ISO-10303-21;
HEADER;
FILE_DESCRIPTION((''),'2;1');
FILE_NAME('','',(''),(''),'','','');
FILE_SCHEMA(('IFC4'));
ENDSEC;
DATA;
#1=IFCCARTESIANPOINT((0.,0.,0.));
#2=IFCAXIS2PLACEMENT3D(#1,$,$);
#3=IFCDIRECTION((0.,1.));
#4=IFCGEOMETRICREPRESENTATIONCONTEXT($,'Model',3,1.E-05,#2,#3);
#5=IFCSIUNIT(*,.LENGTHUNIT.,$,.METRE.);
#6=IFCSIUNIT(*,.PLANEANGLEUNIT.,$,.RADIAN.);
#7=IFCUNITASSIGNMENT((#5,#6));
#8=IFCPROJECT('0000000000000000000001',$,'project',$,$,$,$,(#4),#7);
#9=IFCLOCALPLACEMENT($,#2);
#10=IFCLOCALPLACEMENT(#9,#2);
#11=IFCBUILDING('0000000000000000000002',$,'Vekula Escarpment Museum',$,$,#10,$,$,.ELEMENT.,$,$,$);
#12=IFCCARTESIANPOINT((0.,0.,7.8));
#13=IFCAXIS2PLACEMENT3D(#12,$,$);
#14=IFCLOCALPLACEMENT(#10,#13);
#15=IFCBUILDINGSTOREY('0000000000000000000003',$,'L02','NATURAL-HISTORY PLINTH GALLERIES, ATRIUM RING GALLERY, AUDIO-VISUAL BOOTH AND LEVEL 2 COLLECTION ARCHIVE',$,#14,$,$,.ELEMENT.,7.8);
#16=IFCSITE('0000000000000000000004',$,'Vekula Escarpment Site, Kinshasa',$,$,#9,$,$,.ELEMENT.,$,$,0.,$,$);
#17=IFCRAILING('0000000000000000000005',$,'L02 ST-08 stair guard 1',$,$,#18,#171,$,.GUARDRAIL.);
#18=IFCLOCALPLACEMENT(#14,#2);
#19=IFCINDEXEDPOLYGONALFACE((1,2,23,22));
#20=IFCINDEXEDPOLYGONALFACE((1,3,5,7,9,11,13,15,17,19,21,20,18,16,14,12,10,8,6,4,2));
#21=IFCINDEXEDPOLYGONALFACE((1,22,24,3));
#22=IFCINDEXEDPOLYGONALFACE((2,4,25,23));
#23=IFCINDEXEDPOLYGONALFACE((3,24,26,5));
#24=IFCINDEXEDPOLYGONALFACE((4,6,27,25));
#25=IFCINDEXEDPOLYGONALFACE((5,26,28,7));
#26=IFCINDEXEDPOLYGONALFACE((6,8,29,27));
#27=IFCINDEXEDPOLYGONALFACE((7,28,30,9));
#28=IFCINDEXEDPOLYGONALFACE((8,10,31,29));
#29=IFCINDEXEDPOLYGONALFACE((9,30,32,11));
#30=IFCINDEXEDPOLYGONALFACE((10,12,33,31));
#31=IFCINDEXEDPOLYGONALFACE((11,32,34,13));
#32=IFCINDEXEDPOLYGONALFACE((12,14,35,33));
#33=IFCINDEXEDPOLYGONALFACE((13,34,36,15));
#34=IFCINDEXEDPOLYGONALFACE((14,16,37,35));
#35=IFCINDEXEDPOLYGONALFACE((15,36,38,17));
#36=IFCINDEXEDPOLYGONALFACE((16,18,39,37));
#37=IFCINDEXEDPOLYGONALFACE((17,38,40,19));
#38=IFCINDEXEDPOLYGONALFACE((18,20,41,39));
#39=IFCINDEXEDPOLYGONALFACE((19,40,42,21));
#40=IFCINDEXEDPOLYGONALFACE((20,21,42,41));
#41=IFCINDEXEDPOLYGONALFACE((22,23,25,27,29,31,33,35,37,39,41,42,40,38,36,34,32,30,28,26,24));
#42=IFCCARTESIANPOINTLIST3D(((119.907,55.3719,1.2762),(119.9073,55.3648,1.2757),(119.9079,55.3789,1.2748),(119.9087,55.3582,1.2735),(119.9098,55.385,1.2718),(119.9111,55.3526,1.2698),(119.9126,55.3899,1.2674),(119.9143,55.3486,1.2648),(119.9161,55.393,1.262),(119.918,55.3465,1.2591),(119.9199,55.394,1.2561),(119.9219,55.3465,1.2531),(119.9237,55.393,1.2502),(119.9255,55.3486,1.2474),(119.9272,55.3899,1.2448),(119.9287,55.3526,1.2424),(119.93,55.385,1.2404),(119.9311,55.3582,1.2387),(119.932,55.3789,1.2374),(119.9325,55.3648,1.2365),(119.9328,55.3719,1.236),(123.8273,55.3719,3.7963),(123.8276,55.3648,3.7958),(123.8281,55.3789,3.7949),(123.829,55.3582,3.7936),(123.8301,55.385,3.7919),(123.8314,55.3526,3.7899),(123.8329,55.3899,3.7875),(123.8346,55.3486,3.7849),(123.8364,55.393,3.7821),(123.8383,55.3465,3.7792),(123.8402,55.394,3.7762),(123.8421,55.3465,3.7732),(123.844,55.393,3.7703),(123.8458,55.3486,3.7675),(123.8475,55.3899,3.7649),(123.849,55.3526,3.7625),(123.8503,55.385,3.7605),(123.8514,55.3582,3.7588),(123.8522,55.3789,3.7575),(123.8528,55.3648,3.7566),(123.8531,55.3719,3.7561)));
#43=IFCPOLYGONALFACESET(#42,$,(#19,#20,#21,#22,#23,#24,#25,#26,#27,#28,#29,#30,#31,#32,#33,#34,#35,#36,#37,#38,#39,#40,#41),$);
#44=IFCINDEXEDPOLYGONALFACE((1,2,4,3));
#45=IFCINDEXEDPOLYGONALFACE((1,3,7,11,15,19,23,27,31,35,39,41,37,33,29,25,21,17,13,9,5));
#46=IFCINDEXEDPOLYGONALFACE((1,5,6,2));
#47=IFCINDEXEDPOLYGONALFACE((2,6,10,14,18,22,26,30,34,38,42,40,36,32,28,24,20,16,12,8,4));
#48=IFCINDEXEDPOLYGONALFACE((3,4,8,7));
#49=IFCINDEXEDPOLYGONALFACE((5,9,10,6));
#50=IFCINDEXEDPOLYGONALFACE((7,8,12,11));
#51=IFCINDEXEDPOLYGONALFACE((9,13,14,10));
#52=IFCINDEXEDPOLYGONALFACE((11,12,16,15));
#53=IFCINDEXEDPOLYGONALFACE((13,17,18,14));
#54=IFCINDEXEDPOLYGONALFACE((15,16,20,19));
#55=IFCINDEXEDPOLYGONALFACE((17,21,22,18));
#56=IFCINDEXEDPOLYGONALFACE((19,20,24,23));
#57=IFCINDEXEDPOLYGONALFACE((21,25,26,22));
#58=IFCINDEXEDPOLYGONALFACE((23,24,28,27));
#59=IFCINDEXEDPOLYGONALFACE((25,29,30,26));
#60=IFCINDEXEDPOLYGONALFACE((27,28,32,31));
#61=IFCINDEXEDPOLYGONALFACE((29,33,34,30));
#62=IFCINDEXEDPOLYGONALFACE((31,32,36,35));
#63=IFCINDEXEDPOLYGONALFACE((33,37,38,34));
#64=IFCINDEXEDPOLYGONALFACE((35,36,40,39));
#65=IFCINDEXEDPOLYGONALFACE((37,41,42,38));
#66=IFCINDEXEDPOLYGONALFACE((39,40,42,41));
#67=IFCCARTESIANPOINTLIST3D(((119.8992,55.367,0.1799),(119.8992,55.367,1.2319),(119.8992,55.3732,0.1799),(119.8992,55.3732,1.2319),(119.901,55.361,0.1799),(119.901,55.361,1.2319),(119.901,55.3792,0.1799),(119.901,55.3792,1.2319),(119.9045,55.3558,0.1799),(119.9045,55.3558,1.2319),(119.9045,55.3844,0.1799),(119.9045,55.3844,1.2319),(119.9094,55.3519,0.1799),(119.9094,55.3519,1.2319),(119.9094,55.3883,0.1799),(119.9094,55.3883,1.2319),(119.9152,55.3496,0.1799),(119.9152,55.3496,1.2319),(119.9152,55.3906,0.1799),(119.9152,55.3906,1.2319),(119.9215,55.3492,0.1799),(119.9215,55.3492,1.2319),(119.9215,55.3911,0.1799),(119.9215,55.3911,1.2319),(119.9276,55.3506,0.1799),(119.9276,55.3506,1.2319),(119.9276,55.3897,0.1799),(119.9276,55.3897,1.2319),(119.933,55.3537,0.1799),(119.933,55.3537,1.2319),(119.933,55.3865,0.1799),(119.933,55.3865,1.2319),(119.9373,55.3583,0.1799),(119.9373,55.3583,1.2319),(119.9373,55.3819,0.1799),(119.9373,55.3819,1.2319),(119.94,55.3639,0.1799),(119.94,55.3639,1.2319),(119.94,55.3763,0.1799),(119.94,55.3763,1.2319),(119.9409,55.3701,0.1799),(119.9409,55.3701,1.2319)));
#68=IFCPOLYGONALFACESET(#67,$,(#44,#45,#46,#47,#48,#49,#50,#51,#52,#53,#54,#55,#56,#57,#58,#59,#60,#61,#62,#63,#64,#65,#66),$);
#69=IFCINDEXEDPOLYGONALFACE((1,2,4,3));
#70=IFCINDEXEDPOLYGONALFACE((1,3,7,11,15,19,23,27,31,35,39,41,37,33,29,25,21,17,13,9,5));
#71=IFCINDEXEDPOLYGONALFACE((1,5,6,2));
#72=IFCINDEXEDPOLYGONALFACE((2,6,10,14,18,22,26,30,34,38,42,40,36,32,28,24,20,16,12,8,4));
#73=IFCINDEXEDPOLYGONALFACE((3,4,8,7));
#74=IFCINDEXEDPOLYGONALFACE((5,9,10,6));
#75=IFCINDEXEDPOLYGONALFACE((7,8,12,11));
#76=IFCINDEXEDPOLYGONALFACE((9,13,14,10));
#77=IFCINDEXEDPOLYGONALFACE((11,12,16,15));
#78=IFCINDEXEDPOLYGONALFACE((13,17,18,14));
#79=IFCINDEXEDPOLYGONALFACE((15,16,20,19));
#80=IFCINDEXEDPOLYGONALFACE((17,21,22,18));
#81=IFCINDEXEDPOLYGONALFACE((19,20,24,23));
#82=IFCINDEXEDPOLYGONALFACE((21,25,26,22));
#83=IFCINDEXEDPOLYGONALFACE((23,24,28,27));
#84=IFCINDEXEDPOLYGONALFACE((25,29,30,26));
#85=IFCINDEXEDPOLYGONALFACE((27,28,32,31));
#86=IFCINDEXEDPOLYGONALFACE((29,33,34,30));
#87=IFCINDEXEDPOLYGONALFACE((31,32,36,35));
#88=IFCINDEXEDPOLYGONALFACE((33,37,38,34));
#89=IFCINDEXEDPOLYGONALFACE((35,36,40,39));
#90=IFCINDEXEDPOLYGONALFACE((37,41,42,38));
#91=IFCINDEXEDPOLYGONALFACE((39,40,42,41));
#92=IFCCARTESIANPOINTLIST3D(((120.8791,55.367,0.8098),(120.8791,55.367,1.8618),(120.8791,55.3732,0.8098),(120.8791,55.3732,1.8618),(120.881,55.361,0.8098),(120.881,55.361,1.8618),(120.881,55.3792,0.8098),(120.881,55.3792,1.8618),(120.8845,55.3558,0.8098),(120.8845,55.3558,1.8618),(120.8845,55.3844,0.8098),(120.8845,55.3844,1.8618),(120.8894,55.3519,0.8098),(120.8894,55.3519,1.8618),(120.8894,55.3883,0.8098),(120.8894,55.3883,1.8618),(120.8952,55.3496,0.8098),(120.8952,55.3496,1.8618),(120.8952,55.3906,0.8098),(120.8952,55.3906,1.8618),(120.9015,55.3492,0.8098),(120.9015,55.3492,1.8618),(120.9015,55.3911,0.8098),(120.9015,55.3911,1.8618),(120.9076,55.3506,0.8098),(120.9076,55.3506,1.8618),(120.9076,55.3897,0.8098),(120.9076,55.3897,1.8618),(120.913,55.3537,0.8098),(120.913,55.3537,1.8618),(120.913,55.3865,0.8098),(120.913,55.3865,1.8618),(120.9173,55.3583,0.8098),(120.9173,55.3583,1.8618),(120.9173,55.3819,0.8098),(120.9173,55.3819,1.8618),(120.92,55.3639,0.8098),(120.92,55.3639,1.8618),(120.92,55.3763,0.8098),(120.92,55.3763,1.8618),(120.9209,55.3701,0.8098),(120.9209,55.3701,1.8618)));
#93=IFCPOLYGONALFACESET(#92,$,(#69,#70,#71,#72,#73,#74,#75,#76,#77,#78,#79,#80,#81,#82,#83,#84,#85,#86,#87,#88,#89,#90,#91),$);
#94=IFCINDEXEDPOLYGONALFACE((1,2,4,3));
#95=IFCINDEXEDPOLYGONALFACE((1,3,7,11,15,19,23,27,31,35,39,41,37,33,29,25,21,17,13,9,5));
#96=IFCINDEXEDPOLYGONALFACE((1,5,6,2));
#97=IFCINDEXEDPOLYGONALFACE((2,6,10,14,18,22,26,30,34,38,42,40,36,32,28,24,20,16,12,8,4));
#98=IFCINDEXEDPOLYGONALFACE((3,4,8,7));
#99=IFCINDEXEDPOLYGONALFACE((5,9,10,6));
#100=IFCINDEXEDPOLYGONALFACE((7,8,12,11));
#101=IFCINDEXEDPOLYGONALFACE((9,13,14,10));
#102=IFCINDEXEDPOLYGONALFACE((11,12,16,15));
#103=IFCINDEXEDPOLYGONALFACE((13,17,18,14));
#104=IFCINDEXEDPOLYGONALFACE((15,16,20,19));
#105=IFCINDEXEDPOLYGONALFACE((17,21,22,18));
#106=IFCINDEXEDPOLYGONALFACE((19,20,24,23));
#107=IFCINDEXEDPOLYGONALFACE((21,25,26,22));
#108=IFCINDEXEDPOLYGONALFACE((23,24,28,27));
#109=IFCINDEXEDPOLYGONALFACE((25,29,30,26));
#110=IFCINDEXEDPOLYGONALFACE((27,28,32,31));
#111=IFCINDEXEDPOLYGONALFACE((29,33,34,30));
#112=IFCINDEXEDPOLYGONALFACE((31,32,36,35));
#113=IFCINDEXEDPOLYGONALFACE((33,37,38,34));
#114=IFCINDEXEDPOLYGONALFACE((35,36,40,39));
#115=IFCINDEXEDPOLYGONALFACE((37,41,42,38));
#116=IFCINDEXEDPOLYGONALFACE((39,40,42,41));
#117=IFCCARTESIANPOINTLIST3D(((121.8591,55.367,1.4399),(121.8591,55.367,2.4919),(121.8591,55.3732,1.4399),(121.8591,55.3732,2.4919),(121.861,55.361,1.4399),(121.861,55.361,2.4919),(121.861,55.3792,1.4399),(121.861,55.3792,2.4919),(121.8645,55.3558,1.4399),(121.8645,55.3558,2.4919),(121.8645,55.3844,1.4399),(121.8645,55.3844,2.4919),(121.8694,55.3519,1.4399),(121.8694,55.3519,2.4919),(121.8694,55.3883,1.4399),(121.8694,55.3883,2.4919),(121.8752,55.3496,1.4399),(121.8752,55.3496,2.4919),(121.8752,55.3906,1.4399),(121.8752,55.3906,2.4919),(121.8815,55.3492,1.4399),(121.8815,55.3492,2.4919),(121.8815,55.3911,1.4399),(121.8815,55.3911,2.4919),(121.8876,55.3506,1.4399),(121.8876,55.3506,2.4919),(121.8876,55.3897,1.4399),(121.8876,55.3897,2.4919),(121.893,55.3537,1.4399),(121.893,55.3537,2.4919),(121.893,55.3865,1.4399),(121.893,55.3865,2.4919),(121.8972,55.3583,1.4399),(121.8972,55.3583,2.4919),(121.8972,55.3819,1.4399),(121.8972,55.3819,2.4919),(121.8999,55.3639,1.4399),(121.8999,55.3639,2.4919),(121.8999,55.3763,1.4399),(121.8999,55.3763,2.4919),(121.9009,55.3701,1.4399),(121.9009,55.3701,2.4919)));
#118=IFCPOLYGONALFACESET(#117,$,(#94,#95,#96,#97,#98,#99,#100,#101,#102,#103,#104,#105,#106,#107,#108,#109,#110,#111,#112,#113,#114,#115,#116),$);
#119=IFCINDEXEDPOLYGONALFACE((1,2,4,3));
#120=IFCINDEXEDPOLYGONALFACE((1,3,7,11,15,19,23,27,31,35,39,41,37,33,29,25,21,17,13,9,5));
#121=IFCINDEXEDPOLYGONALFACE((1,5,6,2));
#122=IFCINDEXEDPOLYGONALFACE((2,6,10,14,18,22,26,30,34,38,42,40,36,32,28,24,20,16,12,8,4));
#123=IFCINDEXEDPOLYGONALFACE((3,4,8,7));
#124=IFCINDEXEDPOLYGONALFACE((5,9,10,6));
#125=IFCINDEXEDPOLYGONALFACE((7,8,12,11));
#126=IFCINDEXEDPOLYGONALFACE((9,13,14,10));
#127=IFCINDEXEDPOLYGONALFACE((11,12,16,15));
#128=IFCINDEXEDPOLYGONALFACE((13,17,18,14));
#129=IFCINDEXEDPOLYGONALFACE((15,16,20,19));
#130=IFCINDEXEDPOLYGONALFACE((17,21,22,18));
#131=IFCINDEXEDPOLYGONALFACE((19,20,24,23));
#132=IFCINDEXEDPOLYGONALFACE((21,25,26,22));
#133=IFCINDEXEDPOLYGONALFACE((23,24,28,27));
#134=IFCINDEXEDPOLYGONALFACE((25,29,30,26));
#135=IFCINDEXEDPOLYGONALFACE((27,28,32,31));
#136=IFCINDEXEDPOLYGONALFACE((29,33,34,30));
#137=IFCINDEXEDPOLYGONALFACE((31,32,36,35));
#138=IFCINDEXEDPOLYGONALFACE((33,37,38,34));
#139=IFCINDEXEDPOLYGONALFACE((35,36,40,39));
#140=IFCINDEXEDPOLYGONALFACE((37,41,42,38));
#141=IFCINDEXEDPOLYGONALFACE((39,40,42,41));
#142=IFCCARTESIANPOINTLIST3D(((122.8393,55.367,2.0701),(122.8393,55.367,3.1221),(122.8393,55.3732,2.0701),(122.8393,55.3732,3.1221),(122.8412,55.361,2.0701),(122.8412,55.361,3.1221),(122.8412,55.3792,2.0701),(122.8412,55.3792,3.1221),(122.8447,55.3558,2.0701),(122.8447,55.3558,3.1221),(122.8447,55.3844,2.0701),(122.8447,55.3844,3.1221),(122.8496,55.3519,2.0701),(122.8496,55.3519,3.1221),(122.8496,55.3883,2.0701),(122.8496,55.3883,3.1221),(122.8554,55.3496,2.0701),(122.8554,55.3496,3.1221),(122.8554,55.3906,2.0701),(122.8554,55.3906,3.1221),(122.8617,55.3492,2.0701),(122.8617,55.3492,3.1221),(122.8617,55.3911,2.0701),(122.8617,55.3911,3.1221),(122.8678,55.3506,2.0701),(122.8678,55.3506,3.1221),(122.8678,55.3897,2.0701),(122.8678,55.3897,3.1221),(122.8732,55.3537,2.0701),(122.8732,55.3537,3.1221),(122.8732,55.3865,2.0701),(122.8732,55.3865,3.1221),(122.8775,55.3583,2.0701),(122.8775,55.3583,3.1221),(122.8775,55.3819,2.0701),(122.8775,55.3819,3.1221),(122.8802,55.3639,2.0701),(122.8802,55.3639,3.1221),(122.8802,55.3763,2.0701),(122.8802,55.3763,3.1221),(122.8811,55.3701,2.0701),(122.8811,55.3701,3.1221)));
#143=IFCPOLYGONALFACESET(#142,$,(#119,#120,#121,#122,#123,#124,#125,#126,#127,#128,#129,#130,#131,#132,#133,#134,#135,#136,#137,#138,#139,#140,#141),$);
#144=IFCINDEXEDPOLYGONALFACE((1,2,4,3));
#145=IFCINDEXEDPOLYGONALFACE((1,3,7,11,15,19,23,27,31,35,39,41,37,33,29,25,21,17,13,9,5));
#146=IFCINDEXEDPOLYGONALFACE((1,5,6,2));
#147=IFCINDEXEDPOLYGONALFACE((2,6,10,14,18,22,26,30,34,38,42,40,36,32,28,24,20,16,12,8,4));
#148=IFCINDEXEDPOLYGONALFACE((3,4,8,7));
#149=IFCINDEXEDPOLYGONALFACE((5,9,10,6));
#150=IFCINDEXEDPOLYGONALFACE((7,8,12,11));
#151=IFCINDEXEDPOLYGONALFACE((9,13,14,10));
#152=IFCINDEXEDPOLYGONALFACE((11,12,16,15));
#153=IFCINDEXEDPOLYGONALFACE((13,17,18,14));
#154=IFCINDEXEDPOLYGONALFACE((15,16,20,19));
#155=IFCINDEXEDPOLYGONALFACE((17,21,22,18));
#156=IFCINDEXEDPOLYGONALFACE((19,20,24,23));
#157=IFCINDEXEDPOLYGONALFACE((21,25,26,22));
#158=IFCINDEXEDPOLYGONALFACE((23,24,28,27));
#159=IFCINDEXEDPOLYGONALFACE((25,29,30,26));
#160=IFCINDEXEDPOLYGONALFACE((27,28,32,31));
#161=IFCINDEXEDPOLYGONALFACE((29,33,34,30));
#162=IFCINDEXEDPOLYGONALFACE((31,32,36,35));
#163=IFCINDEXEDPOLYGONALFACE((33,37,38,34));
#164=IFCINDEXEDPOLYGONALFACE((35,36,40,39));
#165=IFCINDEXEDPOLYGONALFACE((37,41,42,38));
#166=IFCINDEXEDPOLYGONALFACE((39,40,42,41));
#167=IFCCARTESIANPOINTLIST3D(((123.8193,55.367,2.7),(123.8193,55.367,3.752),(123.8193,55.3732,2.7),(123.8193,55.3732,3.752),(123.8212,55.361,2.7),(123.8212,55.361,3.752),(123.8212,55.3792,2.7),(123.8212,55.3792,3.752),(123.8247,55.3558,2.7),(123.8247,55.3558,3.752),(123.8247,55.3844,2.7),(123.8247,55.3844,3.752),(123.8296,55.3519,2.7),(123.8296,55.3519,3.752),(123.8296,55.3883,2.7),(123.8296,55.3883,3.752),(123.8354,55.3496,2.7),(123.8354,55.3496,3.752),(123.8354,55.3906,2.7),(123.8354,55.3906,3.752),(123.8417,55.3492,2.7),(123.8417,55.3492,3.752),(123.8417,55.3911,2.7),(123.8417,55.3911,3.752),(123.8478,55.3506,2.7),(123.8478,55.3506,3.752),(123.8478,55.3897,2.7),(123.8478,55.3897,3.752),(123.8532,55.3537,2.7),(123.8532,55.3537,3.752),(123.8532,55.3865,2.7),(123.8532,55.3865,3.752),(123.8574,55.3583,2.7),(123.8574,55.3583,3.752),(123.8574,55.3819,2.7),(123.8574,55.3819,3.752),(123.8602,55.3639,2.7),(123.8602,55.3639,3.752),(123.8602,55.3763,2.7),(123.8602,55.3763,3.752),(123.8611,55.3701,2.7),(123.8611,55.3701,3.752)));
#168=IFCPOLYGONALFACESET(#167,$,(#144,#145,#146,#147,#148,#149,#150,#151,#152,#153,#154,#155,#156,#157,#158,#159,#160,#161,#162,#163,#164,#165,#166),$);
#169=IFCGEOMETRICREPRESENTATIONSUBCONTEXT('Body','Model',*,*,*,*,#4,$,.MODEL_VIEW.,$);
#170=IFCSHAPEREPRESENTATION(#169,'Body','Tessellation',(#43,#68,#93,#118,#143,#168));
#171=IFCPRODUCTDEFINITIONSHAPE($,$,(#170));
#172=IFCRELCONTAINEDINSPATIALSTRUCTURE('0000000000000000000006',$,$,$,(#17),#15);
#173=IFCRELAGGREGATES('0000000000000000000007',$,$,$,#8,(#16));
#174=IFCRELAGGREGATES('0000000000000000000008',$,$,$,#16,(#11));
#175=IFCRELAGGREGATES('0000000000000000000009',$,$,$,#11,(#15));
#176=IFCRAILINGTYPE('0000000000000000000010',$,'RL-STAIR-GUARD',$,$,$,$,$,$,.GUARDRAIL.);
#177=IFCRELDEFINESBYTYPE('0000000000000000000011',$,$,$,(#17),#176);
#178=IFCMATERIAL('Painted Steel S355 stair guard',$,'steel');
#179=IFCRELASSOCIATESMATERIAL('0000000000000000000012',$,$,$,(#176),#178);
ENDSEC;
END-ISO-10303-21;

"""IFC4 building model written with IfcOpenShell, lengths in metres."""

from ifc_helpers import new_model, si_unit, direction, frame, origin, origin_2d, place, context, subcontext, project, spatial, circle, extrude, material, type_object, element, save


model = new_model("IFC4")

# Units and contexts
model_context = context("Model", 3, precision=1e-05, world=origin(), true_north=direction((0.0, 1.0)))
body_context = subcontext(model_context, "Body", "Model", "MODEL_VIEW")
ifc_project = project(units=[si_unit("LENGTHUNIT", "METRE"), si_unit("PLANEANGLEUNIT", "RADIAN")], contexts=[model_context])

# Site, building, storey
site_placement = place(None, origin())
site = spatial("IfcSite", under=ifc_project, at=site_placement, Name="Vekula Escarpment Site, Kinshasa", CompositionType="ELEMENT", RefElevation=0.0)
building_placement = place(site_placement, origin())
building = spatial("IfcBuilding", under=site, at=building_placement, Name="Vekula Escarpment Museum", CompositionType="ELEMENT")
storey_placement = place(building_placement, frame((0.0, 0.0, 7.8)))
storey = spatial("IfcBuildingStorey", under=building, at=storey_placement, Name="L02", Description="NATURAL-HISTORY PLINTH GALLERIES, ATRIUM RING GALLERY, AUDIO-VISUAL BOOTH AND LEVEL 2 COLLECTION ARCHIVE", CompositionType="ELEMENT", Elevation=7.8)

# Railing
ifc_material_1 = material(Name="Painted Steel S355 stair guard", Category="steel")
railing_type_1 = type_object("IfcRailingType", Name="RL-STAIR-GUARD", PredefinedType="GUARDRAIL", material=ifc_material_1)
railing_1_placement = place(storey_placement, frame((119.9199, 55.3701, 0.1799)))
element("IfcRailing", 1, at=railing_1_placement, inside=storey, type_object=railing_type_1, Name="L02 ST-08 stair guard 1", PredefinedType="GUARDRAIL", context=body_context, shape_type="SweptSolid", body=[
    extrude(circle(Radius=0.0239, at=origin_2d()), frame((0.0, 0.0, 1.0762), z_axis=(0.841187, 0.0, 0.540744), x_axis=(0.0, 1.0, 0.0)), (0.0, 0.0, 1.0), 4.6604),
    extrude(circle(Radius=0.021, at=origin_2d()), origin(), (0.0, 0.0, 1.0), 1.052),
    extrude(circle(Radius=0.021, at=origin_2d()), frame((0.98, 0.0, 0.6299)), (0.0, 0.0, 1.0), 1.052),
    extrude(circle(Radius=0.021, at=origin_2d()), frame((1.96, 0.0, 1.26)), (0.0, 0.0, 1.0), 1.052),
    extrude(circle(Radius=0.021, at=origin_2d()), frame((2.9402, 0.0, 1.8901)), (0.0, 0.0, 1.0), 1.052),
    extrude(circle(Radius=0.021, at=origin_2d()), frame((3.9202, 0.0, 2.52)), (0.0, 0.0, 1.0), 1.052),
])

save(model, "model.ifc")
